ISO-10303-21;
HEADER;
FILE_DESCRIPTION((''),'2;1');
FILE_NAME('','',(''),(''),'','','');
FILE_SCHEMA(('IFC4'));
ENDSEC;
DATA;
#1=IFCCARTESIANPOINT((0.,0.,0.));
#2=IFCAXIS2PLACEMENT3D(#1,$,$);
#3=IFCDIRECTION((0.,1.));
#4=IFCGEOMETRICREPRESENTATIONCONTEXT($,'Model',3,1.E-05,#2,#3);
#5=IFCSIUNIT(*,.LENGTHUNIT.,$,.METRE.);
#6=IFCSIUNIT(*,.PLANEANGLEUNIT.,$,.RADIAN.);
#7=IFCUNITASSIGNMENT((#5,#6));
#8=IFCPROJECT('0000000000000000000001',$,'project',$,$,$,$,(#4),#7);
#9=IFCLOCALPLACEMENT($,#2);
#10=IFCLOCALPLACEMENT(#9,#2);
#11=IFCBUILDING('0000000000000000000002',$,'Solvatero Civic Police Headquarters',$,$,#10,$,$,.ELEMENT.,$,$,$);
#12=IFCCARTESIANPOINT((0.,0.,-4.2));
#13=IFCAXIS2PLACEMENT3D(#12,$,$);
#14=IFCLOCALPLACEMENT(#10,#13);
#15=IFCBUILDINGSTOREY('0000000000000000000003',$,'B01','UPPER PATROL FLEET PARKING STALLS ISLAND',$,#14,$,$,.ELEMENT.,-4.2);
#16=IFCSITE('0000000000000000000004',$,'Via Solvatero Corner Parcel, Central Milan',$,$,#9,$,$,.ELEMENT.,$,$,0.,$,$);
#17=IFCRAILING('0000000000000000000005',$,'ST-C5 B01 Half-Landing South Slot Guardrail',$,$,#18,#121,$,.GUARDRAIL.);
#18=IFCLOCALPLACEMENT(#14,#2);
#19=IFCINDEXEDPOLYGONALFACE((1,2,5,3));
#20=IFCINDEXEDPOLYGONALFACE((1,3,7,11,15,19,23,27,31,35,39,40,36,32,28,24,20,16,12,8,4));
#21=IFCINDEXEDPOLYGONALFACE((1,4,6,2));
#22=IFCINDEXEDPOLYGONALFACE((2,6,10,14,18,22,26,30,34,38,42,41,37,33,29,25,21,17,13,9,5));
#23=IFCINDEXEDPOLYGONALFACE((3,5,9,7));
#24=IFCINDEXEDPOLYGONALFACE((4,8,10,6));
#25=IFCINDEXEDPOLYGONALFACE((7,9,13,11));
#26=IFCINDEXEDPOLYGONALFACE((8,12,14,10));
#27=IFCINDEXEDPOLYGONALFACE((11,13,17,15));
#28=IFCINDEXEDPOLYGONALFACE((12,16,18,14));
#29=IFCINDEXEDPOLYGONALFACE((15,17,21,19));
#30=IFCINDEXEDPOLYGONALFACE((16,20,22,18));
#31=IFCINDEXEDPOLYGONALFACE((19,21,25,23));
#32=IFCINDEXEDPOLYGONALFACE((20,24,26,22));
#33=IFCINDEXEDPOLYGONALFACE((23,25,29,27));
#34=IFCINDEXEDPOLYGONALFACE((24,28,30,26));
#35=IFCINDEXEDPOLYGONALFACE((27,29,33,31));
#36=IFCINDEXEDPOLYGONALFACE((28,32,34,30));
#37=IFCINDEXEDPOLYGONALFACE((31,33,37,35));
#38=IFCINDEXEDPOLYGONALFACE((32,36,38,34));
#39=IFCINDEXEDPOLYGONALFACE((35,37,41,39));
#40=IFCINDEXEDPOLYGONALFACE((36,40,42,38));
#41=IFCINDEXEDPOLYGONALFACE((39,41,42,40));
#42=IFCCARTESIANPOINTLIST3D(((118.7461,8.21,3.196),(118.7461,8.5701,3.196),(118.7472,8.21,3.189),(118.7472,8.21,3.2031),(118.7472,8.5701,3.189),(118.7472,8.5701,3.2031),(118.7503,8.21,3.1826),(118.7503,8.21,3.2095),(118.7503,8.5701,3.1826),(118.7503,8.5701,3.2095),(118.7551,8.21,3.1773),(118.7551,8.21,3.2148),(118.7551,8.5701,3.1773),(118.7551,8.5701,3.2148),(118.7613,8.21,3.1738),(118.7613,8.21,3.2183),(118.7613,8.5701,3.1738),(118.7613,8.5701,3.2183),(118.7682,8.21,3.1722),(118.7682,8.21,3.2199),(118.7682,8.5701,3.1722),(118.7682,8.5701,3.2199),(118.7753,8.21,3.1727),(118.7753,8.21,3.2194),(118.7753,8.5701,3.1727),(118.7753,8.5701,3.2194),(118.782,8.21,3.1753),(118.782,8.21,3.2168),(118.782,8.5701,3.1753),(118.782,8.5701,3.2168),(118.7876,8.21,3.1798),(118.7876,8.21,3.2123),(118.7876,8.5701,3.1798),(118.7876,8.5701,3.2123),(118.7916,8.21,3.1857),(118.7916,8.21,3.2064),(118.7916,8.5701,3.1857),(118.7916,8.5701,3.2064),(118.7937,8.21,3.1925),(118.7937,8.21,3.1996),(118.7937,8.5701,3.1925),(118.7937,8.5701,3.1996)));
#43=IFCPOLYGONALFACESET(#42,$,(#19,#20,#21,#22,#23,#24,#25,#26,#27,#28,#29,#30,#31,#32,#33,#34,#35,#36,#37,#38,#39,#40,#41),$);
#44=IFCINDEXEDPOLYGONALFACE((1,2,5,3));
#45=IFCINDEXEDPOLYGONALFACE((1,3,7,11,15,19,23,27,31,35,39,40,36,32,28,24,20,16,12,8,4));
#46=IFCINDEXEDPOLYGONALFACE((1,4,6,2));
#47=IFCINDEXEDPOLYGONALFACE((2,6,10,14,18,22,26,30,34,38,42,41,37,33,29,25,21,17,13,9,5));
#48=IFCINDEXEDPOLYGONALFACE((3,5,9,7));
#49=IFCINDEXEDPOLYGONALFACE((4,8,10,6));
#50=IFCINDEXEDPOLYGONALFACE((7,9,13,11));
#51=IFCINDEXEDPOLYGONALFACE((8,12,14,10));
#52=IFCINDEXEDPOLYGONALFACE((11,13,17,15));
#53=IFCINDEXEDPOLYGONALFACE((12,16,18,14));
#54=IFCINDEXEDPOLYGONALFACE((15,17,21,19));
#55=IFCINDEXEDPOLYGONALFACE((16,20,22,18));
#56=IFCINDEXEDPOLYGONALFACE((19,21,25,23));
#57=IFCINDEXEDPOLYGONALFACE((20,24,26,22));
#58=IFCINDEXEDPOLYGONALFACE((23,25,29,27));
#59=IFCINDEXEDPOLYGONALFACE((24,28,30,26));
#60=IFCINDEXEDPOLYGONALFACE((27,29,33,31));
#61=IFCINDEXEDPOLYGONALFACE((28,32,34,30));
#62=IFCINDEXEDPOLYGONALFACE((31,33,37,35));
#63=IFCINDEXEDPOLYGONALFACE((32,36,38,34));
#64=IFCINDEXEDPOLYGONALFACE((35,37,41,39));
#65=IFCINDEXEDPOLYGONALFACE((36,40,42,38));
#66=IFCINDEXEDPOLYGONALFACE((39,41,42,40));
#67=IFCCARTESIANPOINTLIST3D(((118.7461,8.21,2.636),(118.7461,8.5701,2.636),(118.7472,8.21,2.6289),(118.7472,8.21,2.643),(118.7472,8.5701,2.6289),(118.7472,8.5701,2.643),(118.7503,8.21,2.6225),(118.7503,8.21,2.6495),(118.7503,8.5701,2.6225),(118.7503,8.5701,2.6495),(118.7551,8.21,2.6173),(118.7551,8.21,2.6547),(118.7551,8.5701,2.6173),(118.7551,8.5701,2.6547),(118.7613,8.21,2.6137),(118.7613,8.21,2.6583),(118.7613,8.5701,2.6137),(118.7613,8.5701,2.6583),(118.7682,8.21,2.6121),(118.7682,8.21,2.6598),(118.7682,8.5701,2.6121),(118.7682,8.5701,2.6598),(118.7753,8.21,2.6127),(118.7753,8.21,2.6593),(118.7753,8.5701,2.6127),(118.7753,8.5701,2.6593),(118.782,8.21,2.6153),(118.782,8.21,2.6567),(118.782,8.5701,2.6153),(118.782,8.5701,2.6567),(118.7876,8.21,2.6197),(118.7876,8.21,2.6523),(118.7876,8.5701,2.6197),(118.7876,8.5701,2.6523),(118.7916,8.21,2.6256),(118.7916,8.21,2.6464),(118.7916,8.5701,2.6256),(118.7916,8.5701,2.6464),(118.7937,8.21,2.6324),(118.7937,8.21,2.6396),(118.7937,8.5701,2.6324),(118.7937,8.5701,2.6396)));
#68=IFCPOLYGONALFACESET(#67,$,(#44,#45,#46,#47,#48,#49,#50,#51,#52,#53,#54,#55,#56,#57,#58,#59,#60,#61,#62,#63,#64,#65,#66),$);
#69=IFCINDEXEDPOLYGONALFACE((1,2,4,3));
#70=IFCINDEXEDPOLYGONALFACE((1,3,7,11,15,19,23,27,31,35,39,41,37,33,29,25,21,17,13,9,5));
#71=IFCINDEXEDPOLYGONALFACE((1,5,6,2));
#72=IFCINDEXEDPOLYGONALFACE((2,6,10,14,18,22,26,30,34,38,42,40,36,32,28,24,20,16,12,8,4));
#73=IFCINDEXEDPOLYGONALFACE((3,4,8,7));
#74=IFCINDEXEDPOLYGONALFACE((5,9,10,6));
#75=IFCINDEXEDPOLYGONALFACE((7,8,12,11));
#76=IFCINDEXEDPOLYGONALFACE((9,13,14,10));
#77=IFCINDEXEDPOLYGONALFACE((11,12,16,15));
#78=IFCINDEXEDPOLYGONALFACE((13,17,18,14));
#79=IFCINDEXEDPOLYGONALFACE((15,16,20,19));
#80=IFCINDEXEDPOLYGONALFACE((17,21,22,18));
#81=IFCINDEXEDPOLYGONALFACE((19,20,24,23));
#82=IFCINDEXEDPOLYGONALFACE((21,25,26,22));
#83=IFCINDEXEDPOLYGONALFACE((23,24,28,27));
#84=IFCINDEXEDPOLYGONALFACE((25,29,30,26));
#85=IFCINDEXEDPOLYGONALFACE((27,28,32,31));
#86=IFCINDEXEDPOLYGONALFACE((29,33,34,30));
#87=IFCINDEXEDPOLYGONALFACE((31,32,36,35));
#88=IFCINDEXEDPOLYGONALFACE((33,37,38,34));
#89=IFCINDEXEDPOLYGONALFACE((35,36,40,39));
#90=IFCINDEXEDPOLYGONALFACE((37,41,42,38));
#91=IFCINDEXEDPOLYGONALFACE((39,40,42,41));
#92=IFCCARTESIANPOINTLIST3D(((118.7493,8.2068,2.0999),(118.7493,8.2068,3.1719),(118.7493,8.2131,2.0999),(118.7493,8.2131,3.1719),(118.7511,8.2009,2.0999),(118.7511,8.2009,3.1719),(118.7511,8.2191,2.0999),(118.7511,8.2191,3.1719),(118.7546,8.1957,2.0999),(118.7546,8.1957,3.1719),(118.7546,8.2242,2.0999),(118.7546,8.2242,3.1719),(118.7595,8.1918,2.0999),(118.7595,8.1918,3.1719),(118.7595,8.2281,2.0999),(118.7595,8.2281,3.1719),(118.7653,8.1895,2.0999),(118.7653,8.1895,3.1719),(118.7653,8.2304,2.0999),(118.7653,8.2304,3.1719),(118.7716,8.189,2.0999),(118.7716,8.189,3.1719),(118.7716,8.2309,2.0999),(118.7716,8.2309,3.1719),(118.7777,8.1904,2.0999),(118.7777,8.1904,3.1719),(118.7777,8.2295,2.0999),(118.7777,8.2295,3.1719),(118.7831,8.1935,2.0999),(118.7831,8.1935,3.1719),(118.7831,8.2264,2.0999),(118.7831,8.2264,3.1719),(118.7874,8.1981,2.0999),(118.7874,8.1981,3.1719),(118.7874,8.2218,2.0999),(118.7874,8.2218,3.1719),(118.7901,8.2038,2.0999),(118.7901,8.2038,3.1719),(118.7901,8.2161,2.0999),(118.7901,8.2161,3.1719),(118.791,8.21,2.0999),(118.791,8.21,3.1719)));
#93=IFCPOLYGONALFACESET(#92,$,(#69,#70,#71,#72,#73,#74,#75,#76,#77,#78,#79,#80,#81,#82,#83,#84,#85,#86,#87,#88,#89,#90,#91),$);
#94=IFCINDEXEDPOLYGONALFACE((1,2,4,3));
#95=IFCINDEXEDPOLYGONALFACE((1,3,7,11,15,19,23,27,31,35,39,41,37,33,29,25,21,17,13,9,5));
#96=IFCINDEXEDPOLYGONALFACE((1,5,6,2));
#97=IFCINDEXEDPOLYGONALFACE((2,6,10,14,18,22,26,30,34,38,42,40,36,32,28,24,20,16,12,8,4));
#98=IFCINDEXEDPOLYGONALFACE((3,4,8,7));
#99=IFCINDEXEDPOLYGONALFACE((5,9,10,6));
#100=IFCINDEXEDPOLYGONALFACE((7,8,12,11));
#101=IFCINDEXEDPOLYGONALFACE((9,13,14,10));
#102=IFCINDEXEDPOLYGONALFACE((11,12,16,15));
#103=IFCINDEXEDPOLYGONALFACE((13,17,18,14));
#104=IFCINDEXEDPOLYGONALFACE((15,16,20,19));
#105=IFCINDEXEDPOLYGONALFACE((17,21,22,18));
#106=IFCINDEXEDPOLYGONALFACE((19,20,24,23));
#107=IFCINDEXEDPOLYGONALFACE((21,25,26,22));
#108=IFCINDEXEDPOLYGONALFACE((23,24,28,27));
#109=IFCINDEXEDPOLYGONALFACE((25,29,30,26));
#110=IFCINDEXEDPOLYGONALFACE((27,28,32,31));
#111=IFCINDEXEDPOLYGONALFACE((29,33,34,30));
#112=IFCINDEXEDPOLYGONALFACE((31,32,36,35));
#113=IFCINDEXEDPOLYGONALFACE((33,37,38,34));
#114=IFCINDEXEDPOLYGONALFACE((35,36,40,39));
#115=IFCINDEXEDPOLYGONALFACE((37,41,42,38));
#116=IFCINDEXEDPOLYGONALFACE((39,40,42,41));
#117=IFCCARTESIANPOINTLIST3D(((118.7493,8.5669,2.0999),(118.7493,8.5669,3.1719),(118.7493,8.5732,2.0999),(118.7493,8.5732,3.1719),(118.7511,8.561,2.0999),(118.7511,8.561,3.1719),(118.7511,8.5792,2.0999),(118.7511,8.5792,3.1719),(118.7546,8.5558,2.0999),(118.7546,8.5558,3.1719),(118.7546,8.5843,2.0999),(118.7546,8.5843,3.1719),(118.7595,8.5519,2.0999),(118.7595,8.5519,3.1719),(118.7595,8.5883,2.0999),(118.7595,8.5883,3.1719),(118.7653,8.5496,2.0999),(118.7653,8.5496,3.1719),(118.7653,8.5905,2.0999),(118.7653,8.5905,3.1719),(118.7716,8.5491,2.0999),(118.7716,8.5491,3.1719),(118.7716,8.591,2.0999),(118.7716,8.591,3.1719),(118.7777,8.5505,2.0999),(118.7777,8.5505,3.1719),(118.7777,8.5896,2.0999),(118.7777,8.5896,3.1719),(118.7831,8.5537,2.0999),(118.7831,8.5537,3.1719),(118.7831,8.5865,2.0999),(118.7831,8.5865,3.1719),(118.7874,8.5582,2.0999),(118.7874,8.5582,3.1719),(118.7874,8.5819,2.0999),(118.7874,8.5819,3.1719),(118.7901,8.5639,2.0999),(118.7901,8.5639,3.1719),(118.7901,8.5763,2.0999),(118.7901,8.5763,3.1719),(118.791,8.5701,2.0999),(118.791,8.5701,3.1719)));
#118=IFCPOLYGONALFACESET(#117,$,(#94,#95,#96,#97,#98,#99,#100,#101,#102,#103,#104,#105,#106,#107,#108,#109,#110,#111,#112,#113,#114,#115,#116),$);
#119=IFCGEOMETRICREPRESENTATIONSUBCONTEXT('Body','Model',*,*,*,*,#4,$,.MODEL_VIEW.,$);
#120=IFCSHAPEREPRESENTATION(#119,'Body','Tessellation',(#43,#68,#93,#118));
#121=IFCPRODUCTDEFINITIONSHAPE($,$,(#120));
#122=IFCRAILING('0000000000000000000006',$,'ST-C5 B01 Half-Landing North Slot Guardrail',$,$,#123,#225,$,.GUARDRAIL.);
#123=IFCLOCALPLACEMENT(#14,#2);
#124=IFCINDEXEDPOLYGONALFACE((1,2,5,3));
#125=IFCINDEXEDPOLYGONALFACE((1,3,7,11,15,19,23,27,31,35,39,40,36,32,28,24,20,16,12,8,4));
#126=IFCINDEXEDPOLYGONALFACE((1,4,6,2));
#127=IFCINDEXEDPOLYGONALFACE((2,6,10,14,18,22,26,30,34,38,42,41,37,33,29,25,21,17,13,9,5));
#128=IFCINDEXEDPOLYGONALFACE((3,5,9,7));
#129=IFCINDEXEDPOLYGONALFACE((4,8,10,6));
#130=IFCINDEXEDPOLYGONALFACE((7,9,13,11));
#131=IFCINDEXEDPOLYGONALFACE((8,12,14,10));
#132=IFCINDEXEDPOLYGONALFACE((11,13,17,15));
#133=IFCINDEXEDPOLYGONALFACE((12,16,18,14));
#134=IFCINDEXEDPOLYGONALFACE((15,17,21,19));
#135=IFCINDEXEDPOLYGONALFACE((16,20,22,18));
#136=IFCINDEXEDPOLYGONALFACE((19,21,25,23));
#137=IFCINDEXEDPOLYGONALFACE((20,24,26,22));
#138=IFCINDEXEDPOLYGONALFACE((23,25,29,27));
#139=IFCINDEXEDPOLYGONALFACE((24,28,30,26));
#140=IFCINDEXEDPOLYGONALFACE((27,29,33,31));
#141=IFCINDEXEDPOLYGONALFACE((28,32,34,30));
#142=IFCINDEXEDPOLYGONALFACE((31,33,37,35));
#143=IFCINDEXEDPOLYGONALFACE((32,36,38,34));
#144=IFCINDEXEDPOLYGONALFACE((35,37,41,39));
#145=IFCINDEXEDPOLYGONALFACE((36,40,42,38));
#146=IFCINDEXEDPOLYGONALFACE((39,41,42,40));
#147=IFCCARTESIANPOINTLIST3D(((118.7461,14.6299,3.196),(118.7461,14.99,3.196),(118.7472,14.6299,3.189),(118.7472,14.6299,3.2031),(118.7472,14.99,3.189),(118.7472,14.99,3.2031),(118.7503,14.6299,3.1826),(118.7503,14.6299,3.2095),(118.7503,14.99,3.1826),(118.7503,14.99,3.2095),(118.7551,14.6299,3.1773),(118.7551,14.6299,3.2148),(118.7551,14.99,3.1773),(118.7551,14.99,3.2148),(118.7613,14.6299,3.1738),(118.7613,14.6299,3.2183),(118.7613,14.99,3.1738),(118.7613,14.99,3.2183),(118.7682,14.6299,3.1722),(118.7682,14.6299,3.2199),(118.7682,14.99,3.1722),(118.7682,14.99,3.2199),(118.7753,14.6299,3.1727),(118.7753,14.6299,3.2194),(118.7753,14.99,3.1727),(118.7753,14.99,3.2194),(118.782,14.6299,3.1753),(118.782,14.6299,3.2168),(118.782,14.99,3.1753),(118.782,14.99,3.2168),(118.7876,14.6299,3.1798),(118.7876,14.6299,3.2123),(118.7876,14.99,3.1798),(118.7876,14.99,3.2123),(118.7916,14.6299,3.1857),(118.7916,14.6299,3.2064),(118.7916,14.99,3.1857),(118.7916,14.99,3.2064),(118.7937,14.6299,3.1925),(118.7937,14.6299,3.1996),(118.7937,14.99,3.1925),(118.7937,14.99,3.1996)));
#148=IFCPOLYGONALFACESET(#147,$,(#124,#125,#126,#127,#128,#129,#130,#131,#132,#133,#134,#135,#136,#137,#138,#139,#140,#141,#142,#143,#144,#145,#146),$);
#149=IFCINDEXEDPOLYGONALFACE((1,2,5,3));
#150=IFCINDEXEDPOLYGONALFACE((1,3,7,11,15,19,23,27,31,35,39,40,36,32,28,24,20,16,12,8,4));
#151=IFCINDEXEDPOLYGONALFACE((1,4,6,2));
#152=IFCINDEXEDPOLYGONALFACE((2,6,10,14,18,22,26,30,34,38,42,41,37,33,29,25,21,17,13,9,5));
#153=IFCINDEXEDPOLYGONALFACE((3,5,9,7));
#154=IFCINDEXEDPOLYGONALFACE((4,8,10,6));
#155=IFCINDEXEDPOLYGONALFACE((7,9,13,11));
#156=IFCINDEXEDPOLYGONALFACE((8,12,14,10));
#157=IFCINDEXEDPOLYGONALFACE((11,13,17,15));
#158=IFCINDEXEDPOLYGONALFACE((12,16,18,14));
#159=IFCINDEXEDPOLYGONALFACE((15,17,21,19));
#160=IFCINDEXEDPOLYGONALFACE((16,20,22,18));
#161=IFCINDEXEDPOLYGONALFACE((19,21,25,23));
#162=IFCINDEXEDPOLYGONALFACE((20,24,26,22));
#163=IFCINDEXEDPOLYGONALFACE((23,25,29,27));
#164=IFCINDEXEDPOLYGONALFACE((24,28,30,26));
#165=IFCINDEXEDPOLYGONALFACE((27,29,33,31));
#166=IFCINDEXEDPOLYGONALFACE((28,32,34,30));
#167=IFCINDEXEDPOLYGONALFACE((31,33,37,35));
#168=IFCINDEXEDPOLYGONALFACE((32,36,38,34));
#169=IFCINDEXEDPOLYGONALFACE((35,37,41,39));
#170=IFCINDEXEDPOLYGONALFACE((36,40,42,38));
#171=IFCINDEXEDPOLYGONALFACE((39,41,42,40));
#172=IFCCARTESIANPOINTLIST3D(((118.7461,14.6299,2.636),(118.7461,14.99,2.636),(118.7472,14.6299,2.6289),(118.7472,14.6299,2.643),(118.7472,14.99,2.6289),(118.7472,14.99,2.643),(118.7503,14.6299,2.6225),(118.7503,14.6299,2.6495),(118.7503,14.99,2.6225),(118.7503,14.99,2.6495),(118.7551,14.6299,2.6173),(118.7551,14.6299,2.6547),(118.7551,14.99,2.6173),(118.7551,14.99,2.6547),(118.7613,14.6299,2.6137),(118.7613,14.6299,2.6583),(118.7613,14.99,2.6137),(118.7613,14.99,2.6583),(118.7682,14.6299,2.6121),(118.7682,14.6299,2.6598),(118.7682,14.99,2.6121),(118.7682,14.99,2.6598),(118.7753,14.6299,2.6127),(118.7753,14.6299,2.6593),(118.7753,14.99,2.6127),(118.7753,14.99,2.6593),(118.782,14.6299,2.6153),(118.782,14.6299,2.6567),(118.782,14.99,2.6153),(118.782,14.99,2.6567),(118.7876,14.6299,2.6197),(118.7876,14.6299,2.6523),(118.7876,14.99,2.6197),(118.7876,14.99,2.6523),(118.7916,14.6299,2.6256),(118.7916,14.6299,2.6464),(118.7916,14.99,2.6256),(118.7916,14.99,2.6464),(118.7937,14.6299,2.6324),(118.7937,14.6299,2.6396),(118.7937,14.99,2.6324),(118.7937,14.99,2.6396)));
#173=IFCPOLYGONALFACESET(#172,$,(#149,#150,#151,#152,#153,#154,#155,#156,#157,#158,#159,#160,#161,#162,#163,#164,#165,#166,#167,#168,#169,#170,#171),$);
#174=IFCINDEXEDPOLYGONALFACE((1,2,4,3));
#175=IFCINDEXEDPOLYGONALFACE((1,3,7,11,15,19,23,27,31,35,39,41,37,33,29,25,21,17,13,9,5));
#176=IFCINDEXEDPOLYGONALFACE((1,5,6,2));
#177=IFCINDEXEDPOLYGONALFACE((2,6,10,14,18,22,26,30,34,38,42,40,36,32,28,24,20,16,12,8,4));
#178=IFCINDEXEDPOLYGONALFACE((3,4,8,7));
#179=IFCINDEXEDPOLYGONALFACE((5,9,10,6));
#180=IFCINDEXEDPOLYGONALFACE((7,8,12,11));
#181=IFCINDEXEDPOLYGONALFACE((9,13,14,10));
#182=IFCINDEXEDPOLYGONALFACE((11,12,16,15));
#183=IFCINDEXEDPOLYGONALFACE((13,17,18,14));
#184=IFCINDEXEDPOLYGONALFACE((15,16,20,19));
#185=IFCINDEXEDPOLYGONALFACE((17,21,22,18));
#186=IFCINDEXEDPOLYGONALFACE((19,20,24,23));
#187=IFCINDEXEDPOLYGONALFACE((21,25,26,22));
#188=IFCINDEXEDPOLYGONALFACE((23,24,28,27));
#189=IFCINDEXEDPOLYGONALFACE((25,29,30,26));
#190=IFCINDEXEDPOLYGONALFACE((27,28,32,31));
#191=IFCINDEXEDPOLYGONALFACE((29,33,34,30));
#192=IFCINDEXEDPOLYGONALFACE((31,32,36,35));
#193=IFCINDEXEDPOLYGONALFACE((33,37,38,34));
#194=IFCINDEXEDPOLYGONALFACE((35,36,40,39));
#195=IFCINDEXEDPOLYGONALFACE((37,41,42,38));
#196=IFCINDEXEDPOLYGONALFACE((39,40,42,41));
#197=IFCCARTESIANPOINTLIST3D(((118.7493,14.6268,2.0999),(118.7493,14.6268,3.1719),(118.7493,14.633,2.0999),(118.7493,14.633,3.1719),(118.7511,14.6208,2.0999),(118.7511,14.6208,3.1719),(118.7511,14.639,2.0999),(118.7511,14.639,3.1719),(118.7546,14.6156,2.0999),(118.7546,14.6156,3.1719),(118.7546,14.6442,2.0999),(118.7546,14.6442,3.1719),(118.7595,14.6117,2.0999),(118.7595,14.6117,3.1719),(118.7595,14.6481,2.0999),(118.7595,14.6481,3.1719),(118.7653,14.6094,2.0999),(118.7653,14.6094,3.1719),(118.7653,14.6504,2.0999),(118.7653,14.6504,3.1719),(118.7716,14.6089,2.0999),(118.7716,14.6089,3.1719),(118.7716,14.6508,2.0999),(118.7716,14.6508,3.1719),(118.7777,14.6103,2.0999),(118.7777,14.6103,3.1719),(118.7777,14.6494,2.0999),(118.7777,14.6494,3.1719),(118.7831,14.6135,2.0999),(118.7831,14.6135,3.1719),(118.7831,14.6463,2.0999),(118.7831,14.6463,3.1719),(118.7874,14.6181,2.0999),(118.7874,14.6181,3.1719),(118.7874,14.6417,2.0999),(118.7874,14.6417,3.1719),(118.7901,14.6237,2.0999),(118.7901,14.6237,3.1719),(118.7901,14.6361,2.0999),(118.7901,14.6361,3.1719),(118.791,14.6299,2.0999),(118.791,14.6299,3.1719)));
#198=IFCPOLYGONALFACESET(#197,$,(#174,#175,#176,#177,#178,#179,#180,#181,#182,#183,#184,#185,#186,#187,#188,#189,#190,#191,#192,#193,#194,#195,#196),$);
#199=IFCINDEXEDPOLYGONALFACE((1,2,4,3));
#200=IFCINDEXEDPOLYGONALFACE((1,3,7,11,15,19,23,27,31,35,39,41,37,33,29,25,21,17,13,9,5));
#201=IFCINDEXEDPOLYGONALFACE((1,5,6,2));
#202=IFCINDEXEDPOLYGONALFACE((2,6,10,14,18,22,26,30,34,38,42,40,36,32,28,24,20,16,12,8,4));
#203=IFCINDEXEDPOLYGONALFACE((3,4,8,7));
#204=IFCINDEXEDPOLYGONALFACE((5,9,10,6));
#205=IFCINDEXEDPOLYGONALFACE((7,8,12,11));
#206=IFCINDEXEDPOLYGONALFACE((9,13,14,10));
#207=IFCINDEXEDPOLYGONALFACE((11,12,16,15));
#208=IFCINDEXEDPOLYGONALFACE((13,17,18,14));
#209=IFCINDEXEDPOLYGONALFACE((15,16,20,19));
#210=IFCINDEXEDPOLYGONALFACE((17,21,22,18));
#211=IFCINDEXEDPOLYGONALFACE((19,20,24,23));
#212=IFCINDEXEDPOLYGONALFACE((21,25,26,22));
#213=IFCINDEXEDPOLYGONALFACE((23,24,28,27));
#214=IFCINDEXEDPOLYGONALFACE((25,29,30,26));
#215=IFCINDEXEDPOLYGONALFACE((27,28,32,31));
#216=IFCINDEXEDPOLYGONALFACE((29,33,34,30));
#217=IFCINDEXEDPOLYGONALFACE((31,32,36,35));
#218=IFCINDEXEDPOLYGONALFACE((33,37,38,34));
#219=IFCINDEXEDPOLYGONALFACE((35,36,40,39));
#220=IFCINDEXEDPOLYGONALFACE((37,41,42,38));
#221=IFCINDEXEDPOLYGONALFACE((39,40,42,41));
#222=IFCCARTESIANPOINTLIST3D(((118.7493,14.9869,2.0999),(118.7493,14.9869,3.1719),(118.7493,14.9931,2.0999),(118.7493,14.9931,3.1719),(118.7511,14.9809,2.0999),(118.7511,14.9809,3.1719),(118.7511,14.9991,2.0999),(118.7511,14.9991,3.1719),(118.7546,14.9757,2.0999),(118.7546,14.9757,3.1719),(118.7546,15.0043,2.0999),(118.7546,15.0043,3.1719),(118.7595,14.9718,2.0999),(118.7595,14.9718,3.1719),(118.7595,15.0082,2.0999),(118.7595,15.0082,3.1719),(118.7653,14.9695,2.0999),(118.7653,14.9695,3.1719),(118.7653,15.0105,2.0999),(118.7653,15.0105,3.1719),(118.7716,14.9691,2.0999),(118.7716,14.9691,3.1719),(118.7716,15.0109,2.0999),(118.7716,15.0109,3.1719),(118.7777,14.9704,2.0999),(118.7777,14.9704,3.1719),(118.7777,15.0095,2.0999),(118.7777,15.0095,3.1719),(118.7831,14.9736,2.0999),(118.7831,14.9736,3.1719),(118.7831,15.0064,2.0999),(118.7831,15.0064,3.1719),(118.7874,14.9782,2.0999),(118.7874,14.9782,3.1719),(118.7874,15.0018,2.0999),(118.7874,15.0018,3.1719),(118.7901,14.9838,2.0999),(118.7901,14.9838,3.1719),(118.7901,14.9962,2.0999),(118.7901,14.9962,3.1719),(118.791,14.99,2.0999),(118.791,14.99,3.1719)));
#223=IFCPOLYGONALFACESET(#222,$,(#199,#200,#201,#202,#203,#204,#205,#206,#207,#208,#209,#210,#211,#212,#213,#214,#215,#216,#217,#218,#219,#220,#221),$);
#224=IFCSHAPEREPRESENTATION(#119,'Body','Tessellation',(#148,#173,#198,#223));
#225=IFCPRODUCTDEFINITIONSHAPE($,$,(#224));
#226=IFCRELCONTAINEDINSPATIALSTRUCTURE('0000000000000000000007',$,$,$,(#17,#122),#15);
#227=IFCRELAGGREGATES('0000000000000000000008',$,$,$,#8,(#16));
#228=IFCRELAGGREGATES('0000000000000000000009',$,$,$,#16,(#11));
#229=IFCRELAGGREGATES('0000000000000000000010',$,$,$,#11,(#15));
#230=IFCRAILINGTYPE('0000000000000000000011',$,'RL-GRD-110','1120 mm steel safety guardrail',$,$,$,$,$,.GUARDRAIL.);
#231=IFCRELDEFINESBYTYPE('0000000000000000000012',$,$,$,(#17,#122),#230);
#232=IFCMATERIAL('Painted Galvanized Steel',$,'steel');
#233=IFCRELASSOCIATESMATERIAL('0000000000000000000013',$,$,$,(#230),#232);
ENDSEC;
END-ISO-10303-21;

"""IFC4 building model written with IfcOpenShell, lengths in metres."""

from ifc_helpers import new_model, si_unit, direction, frame, origin, origin_2d, place, context, subcontext, project, spatial, circle, extrude, material, type_object, element, save


model = new_model("IFC4")

# Units and contexts
model_context = context("Model", 3, precision=1e-05, world=origin(), true_north=direction((0.0, 1.0)))
body_context = subcontext(model_context, "Body", "Model", "MODEL_VIEW")
ifc_project = project(units=[si_unit("LENGTHUNIT", "METRE"), si_unit("PLANEANGLEUNIT", "RADIAN")], contexts=[model_context])

# Site, building, storey
site_placement = place(None, origin())
site = spatial("IfcSite", under=ifc_project, at=site_placement, Name="Via Solvatero Corner Parcel, Central Milan", CompositionType="ELEMENT", RefElevation=0.0)
building_placement = place(site_placement, origin())
building = spatial("IfcBuilding", under=site, at=building_placement, Name="Solvatero Civic Police Headquarters", CompositionType="ELEMENT")
storey_placement = place(building_placement, frame((0.0, 0.0, -4.2)))
storey = spatial("IfcBuildingStorey", under=building, at=storey_placement, Name="B01", Description="UPPER PATROL FLEET PARKING STALLS ISLAND", CompositionType="ELEMENT", Elevation=-4.2)

# Railings
ifc_material_1 = material(Name="Painted Galvanized Steel", Category="steel")
railing_type_1 = type_object("IfcRailingType", Name="RL-GRD-110", Description="1120 mm steel safety guardrail", PredefinedType="GUARDRAIL", material=ifc_material_1)
for number, where, name in (
    (1, (118.77, 8.21, 2.0999), "ST-C5 B01 Half-Landing South Slot Guardrail"),
    (2, (118.77, 14.6299, 2.0999), "ST-C5 B01 Half-Landing North Slot Guardrail"),
):
    element("IfcRailing", number, at=place(storey_placement, frame(where)), inside=storey, type_object=railing_type_1, Name=name, PredefinedType="GUARDRAIL", context=body_context, shape_type="SweptSolid", body=[
        extrude(circle(Radius=0.0239, at=origin_2d()), frame((0.0, 0.0, 1.0962), z_axis=(0.0, 1.0, 0.0), x_axis=(-1.0, 0.0, 0.0)), (0.0, 0.0, 1.0), 0.3601),
        extrude(circle(Radius=0.0239, at=origin_2d()), frame((0.0, 0.0, 0.5361), z_axis=(0.0, 1.0, 0.0), x_axis=(-1.0, 0.0, 0.0)), (0.0, 0.0, 1.0), 0.3601),
        extrude(circle(Radius=0.021, at=origin_2d()), origin(), (0.0, 0.0, 1.0), 1.072),
        extrude(circle(Radius=0.021, at=origin_2d()), frame((0.0, 0.3601, 0.0)), (0.0, 0.0, 1.0), 1.072),
    ])

save(model, "model.ifc")
